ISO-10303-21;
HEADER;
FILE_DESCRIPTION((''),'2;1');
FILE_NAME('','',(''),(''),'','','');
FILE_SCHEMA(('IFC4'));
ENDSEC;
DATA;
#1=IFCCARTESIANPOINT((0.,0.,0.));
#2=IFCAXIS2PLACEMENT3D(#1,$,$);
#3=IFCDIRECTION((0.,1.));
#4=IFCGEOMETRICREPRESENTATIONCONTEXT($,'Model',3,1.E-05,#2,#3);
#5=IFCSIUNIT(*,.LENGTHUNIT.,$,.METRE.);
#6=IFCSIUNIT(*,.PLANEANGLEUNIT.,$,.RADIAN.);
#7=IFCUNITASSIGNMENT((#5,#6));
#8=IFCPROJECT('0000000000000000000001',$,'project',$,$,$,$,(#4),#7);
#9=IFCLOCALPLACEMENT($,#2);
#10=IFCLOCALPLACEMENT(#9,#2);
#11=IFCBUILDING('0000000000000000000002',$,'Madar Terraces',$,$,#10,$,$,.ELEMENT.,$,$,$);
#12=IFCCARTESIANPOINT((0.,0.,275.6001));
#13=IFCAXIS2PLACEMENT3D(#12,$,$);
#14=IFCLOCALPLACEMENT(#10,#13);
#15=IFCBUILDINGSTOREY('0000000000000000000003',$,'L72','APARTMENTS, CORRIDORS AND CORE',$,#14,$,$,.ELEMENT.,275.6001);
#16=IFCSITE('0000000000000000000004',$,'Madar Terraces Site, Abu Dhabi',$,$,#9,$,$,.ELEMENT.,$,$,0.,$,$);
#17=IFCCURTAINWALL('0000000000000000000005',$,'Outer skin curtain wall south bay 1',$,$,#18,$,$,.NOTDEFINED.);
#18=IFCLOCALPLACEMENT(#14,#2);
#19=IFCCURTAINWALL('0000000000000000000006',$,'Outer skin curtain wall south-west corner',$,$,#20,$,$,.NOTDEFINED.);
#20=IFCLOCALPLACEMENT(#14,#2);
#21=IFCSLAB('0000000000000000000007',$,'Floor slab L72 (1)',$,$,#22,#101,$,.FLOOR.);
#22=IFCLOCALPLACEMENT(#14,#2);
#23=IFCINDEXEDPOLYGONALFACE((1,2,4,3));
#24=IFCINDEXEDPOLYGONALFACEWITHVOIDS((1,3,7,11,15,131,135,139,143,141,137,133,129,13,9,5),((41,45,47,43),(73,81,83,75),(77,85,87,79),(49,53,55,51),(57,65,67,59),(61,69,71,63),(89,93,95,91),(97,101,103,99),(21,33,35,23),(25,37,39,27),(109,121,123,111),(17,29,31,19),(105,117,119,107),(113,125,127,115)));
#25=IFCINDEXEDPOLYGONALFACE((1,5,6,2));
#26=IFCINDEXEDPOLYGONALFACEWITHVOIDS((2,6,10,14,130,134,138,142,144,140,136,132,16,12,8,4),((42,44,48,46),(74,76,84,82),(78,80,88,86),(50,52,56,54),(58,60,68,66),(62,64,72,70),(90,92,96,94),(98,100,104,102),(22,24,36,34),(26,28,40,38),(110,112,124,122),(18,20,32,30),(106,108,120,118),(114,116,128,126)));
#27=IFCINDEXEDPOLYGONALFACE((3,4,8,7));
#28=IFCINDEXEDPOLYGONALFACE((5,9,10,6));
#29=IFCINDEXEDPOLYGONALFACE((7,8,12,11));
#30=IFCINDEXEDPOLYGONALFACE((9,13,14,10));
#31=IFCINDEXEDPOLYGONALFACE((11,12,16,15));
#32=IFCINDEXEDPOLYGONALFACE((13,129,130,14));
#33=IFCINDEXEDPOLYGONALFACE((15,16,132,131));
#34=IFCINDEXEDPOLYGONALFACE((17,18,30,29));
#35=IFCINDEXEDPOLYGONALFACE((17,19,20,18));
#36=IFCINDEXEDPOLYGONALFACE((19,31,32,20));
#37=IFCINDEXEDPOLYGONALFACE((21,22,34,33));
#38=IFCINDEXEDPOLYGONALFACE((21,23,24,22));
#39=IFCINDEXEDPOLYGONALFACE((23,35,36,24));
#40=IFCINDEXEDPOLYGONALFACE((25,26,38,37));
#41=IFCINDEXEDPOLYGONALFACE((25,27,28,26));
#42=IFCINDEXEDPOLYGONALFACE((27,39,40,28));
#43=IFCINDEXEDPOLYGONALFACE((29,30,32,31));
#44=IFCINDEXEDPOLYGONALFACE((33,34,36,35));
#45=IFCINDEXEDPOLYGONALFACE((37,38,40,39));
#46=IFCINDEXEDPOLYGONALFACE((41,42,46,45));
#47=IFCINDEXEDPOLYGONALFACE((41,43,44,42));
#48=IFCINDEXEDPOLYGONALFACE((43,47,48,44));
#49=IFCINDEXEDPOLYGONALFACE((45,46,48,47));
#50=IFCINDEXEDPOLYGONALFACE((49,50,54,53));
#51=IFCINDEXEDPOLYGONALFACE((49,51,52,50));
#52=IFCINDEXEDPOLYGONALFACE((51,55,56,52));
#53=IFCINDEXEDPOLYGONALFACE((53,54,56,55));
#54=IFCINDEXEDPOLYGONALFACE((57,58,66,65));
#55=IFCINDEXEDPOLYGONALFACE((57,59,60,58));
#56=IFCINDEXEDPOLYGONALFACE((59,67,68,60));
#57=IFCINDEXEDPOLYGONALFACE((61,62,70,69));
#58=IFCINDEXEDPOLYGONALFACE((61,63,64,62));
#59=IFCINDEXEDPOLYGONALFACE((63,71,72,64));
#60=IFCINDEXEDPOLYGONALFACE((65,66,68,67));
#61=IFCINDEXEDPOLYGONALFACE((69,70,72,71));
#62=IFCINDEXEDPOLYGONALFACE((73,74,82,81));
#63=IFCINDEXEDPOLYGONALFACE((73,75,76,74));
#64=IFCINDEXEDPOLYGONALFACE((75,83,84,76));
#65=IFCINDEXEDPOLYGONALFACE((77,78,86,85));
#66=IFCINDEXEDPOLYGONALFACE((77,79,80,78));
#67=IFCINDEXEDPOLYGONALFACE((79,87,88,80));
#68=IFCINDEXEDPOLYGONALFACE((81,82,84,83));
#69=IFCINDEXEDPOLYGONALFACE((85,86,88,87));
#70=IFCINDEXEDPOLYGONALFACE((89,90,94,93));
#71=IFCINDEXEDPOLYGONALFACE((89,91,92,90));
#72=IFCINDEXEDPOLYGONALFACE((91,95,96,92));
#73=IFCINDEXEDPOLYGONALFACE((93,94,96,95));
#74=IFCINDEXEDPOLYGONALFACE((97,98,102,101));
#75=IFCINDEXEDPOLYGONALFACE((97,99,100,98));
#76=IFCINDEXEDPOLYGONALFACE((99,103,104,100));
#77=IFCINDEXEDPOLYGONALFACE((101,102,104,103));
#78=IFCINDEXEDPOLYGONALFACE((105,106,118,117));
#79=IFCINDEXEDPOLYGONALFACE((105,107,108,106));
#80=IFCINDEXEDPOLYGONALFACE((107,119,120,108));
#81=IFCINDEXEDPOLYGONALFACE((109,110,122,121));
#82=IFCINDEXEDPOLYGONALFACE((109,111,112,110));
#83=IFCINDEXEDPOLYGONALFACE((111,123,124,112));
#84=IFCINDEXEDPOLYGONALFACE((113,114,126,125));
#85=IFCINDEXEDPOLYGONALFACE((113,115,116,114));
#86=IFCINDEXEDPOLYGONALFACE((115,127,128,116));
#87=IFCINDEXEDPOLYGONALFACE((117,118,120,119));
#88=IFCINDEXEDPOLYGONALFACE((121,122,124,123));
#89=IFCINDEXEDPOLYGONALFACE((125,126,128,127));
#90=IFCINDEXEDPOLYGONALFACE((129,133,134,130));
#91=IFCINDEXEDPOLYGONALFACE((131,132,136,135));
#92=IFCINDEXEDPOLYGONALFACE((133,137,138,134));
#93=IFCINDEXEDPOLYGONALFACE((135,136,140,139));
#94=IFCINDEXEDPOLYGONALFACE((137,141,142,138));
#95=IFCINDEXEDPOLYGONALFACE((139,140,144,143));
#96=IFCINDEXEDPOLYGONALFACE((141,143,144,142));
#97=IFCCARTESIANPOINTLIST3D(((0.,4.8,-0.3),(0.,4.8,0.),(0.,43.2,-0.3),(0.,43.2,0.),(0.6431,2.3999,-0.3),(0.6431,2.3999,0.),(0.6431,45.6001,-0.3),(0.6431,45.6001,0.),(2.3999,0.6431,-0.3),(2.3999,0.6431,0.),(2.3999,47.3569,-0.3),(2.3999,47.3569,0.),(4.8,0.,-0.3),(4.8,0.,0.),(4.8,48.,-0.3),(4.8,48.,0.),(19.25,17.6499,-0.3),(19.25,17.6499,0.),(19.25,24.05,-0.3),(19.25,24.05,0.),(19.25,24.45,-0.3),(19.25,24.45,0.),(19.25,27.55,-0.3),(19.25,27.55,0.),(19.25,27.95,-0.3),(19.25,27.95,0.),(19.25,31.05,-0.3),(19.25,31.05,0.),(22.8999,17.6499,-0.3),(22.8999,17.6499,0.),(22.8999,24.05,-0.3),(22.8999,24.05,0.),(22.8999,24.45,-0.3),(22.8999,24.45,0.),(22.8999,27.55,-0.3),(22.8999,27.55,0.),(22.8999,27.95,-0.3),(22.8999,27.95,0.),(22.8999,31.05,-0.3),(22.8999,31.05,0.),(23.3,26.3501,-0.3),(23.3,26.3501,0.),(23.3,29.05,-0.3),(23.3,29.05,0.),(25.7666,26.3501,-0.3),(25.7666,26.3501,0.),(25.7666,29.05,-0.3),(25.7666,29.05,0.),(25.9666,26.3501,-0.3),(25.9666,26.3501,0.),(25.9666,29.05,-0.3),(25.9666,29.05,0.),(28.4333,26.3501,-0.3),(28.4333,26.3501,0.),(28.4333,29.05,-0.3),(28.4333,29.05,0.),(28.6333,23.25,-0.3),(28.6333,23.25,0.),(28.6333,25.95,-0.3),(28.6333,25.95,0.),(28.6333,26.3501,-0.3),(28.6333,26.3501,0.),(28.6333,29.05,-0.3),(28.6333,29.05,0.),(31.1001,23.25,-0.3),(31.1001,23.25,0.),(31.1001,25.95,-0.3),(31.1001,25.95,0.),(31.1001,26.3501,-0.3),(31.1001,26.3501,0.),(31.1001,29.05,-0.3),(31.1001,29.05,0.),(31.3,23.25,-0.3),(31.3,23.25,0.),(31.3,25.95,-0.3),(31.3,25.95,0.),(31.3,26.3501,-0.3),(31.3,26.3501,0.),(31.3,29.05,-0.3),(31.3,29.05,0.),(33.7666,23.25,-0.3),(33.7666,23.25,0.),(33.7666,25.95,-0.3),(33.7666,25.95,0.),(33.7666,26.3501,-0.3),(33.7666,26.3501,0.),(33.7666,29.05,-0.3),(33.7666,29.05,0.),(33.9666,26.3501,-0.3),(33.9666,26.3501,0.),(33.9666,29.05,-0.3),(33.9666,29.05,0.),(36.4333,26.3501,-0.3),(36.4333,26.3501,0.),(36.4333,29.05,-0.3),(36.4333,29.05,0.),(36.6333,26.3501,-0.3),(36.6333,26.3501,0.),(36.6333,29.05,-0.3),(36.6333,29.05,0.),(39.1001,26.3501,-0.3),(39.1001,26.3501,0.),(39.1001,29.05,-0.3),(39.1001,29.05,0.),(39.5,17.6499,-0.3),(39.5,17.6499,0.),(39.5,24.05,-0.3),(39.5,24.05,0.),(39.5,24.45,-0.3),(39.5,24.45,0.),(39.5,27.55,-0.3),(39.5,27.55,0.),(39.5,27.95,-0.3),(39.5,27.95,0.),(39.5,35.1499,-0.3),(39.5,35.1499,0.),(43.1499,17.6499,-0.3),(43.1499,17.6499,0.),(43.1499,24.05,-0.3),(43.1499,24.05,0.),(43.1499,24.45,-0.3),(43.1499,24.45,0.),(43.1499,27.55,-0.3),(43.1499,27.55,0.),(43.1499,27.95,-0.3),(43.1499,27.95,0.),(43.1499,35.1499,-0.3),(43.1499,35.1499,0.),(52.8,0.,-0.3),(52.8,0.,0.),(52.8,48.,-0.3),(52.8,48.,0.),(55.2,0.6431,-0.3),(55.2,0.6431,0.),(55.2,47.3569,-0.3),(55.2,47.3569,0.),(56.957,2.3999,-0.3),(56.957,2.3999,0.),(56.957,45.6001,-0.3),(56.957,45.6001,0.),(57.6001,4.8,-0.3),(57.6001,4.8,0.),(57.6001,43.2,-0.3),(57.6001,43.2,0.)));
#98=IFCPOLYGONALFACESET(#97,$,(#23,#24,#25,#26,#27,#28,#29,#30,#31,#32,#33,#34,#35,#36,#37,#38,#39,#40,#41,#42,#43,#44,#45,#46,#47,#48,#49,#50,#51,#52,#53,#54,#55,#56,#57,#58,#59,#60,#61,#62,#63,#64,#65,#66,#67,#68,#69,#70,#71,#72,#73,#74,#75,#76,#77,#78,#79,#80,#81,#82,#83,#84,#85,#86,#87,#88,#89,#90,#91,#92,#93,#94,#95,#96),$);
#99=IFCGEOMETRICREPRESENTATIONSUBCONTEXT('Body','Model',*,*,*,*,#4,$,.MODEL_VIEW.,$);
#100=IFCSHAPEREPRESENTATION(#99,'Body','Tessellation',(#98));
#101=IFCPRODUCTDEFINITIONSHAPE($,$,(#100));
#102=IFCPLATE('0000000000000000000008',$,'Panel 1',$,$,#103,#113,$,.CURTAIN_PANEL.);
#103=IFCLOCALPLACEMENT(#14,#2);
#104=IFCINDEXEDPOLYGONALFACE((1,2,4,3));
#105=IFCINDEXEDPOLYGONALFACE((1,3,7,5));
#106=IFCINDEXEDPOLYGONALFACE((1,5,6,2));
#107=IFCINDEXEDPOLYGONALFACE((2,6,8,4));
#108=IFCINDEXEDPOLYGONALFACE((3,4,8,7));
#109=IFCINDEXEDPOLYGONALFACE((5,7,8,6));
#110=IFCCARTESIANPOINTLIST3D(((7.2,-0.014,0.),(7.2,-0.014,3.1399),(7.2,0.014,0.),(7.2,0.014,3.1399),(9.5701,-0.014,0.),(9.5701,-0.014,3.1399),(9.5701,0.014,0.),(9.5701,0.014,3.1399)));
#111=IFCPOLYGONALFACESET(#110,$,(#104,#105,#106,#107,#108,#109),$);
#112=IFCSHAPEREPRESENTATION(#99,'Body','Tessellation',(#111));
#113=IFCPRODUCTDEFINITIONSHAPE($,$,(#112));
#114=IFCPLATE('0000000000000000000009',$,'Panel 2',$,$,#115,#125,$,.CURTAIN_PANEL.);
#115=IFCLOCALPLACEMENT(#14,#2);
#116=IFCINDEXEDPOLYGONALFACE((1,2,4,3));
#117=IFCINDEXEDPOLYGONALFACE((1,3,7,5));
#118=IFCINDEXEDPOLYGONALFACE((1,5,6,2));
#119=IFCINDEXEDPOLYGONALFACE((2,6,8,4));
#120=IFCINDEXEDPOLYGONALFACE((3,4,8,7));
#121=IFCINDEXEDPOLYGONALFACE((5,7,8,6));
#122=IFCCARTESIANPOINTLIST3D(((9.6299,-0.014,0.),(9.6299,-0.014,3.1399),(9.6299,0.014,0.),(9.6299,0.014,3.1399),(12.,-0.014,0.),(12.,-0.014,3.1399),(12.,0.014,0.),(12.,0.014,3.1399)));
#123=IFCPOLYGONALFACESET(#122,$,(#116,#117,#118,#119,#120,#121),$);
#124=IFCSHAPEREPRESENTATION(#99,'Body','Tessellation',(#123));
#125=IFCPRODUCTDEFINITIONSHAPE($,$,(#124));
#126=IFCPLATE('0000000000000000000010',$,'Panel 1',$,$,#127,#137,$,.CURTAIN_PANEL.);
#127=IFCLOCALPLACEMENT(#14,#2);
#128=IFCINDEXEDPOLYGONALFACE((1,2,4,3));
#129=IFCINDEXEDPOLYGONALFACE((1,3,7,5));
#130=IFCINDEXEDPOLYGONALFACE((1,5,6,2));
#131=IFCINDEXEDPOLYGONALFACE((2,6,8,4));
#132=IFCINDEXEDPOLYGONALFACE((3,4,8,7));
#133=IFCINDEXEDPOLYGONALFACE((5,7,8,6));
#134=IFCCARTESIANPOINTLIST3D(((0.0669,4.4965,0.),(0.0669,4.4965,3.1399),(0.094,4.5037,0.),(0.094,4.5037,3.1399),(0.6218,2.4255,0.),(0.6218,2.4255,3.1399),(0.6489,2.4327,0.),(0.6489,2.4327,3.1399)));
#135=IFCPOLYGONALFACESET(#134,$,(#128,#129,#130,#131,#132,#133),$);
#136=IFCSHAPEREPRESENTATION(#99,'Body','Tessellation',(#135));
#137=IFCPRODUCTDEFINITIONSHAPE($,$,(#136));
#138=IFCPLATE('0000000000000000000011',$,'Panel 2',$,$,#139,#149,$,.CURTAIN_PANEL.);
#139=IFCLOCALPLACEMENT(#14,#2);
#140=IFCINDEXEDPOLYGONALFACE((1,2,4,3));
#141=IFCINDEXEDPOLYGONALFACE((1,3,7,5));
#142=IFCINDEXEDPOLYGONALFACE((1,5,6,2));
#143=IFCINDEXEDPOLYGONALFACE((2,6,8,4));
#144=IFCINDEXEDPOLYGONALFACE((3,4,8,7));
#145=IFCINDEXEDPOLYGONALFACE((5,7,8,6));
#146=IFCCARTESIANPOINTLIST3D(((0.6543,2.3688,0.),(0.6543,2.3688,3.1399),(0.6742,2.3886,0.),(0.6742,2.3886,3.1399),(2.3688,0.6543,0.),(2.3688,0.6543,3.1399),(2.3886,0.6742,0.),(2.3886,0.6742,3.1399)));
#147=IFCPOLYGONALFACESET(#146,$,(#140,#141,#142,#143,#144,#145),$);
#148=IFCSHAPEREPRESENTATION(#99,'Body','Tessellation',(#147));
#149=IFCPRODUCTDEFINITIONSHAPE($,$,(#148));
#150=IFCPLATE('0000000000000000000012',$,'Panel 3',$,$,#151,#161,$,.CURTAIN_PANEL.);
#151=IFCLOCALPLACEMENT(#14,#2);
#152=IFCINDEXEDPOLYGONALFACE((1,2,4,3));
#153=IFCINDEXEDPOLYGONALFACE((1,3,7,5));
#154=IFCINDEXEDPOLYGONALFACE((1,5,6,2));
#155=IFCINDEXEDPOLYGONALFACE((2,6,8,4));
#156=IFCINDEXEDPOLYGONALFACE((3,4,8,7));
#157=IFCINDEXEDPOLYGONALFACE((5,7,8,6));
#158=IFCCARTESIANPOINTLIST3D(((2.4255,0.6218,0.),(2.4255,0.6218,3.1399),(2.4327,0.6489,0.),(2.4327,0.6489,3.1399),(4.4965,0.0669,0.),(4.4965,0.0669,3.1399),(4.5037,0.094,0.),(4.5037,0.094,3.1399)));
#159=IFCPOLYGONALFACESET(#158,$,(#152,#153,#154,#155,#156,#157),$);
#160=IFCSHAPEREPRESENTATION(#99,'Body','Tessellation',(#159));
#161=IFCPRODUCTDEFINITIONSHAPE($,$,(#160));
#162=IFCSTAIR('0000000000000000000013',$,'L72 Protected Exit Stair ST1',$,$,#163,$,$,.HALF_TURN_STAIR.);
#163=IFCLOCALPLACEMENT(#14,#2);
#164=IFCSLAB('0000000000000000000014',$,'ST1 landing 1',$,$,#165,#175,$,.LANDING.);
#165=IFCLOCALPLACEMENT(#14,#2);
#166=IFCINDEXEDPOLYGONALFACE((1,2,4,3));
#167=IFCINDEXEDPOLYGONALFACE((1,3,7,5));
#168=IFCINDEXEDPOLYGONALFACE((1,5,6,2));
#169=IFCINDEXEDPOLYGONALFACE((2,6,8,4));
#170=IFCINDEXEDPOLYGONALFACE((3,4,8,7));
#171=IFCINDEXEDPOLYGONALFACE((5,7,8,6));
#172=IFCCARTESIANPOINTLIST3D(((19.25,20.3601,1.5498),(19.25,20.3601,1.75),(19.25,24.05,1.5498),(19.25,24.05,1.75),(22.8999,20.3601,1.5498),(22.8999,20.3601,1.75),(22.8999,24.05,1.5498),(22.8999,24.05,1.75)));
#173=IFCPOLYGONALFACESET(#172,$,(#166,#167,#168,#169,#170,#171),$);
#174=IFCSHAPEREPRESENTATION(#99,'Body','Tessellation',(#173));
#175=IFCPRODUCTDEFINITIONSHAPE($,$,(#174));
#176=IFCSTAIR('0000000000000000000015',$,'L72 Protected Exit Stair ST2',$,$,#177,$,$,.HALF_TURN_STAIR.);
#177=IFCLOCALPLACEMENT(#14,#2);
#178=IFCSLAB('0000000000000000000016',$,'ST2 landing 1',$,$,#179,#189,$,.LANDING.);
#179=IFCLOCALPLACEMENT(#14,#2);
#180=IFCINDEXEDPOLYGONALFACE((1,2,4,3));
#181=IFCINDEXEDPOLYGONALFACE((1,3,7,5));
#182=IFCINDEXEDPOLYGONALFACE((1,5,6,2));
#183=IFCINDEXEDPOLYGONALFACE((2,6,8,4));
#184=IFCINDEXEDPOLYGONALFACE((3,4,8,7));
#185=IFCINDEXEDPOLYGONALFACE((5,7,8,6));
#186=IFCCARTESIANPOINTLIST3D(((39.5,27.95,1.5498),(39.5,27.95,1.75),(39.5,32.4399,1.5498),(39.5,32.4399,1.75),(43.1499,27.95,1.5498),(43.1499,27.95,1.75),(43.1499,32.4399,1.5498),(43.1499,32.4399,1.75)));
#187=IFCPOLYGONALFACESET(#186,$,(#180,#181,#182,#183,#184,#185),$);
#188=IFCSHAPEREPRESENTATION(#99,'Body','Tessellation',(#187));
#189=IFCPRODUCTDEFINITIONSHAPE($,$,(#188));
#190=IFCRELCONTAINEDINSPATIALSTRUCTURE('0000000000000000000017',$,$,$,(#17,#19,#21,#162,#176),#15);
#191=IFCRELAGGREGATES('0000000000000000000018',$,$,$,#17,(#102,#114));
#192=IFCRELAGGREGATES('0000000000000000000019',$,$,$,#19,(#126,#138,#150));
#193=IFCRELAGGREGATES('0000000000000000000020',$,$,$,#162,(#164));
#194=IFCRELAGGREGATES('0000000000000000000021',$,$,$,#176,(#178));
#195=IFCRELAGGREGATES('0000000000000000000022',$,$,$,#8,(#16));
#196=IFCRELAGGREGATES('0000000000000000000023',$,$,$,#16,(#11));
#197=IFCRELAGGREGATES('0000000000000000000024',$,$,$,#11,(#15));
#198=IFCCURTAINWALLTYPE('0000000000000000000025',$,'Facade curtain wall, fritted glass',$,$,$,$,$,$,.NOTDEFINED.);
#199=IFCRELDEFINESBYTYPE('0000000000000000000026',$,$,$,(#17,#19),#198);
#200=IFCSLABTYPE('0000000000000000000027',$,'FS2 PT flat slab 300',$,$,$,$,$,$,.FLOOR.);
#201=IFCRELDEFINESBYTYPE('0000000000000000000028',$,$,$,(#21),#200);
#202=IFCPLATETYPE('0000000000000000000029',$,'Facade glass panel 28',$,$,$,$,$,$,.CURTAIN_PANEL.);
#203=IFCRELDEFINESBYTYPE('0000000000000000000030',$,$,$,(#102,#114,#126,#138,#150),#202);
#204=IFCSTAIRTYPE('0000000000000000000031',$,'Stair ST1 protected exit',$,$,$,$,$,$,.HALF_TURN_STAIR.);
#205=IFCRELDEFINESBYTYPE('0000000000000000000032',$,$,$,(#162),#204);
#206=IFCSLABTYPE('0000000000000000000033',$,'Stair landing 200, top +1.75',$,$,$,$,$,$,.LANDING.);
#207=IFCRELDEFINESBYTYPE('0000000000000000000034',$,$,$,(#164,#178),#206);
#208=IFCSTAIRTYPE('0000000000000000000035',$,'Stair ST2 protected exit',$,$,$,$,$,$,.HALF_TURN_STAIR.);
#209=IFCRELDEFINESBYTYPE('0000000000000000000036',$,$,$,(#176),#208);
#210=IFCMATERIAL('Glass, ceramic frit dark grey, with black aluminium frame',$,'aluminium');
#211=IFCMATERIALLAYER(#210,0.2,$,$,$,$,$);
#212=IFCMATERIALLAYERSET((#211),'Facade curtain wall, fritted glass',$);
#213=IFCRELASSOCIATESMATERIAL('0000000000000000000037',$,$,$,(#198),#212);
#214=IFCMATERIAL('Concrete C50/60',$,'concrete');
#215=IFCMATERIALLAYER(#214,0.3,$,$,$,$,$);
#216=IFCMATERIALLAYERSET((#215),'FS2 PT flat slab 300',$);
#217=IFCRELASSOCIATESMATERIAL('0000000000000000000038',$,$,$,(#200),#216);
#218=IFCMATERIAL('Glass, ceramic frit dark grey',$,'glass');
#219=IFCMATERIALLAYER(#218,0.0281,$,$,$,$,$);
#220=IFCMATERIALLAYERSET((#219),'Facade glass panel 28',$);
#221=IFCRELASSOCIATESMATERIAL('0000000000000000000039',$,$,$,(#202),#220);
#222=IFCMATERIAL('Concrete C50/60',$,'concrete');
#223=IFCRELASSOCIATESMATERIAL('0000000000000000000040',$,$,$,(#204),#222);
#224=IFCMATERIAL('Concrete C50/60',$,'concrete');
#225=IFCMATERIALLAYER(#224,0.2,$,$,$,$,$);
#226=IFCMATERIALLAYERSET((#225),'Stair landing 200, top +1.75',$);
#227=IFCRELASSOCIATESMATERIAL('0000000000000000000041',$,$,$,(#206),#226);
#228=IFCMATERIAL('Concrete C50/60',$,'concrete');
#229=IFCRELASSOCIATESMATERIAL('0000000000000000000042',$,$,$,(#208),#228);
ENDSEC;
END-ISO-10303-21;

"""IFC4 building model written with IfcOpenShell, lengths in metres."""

from ifc_helpers import new_model, si_unit, direction, frame, origin, origin_2d, place, context, subcontext, project, spatial, polyline, rectangle, outline, extrude, material, layer, layer_set, type_object, element, aggregate, save


model = new_model("IFC4")

# Units and contexts
model_context = context("Model", 3, precision=1e-05, world=origin(), true_north=direction((0.0, 1.0)))
body_context = subcontext(model_context, "Body", "Model", "MODEL_VIEW")
ifc_project = project(units=[si_unit("LENGTHUNIT", "METRE"), si_unit("PLANEANGLEUNIT", "RADIAN")], contexts=[model_context])

# Site, building, storey
site_placement = place(None, origin())
site = spatial("IfcSite", under=ifc_project, at=site_placement, Name="Madar Terraces Site, Abu Dhabi", CompositionType="ELEMENT", RefElevation=0.0)
building_placement = place(site_placement, origin())
building = spatial("IfcBuilding", under=site, at=building_placement, Name="Madar Terraces", CompositionType="ELEMENT")
storey_placement = place(building_placement, frame((0.0, 0.0, 275.6001)))
storey = spatial("IfcBuildingStorey", under=building, at=storey_placement, Name="L72", Description="APARTMENTS, CORRIDORS AND CORE", CompositionType="ELEMENT", Elevation=275.6001)

# Curtain wall
ifc_material_1 = material(Name="Glass, ceramic frit dark grey, with black aluminium frame", Category="aluminium")
ifc_layer_1 = layer(ifc_material_1, 0.2)
ifc_layer_set_1 = layer_set([ifc_layer_1], Name="Facade curtain wall, fritted glass")
curtain_wall_type = type_object("IfcCurtainWallType", Name="Facade curtain wall, fritted glass", PredefinedType="NOTDEFINED", material=ifc_layer_set_1)
curtain_wall_1_placement = place(storey_placement, origin())
curtain_wall_1 = element("IfcCurtainWall", 1, at=curtain_wall_1_placement, inside=storey, type_object=curtain_wall_type, Name="Outer skin curtain wall south bay 1", PredefinedType="NOTDEFINED")

# Curtain wall
curtain_wall_2_placement = place(storey_placement, origin())
curtain_wall_2 = element("IfcCurtainWall", 2, at=curtain_wall_2_placement, inside=storey, type_object=curtain_wall_type, Name="Outer skin curtain wall south-west corner", PredefinedType="NOTDEFINED")

# Slab
ifc_material_2 = material(Name="Concrete C50/60", Category="concrete")
ifc_layer_2 = layer(ifc_material_2, 0.3)
ifc_layer_set_2 = layer_set([ifc_layer_2], Name="FS2 PT flat slab 300")
slab_type_1 = type_object("IfcSlabType", Name="FS2 PT flat slab 300", PredefinedType="FLOOR", material=ifc_layer_set_2)
slab_1_placement = place(storey_placement, frame((0.0, 0.0, -0.3)))
element("IfcSlab", 3, at=slab_1_placement, inside=storey, type_object=slab_type_1, Name="Floor slab L72 (1)", PredefinedType="FLOOR", context=body_context, shape_type="SweptSolid", body=[
    extrude(outline(polyline([(52.8, 0.0), (55.2, 0.6431), (56.957, 2.3999), (57.6001, 4.8), (57.6001, 43.2), (56.957, 45.6001), (55.2, 47.3569), (52.8, 48.0), (4.8, 48.0), (2.3999, 47.3569), (0.6431, 45.6001), (0.0, 43.2), (0.0, 4.8), (0.6431, 2.3999), (2.3999, 0.6431), (4.8, 0.0), (52.8, 0.0)]), holes=[polyline([(22.8999, 17.6499), (19.25, 17.6499), (19.25, 24.05), (22.8999, 24.05), (22.8999, 17.6499)]), polyline([(28.6333, 23.25), (28.6333, 25.95), (31.1001, 25.95), (31.1001, 23.25), (28.6333, 23.25)]), polyline([(19.25, 24.45), (19.25, 27.55), (22.8999, 27.55), (22.8999, 24.45), (19.25, 24.45)]), polyline([(23.3, 26.3501), (23.3, 29.05), (25.7666, 29.05), (25.7666, 26.3501), (23.3, 26.3501)]), polyline([(25.9666, 26.3501), (25.9666, 29.05), (28.4333, 29.05), (28.4333, 26.3501), (25.9666, 26.3501)]), polyline([(28.6333, 26.3501), (28.6333, 29.05), (31.1001, 29.05), (31.1001, 26.3501), (28.6333, 26.3501)]), polyline([(19.25, 27.95), (19.25, 31.05), (22.8999, 31.05), (22.8999, 27.95), (19.25, 27.95)]), polyline([(43.1499, 17.6499), (39.5, 17.6499), (39.5, 24.05), (43.1499, 24.05), (43.1499, 17.6499)]), polyline([(31.3, 23.25), (31.3, 25.95), (33.7666, 25.95), (33.7666, 23.25), (31.3, 23.25)]), polyline([(39.5, 24.45), (39.5, 27.55), (43.1499, 27.55), (43.1499, 24.45), (39.5, 24.45)]), polyline([(31.3, 26.3501), (31.3, 29.05), (33.7666, 29.05), (33.7666, 26.3501), (31.3, 26.3501)]), polyline([(33.9666, 26.3501), (33.9666, 29.05), (36.4333, 29.05), (36.4333, 26.3501), (33.9666, 26.3501)]), polyline([(36.6333, 26.3501), (36.6333, 29.05), (39.1001, 29.05), (39.1001, 26.3501), (36.6333, 26.3501)]), polyline([(39.5, 27.95), (39.5, 35.1499), (43.1499, 35.1499), (43.1499, 27.95), (39.5, 27.95)])]), origin(), (0.0, 0.0, 1.0), 0.3),
])

# Plates
ifc_material_3 = material(Name="Glass, ceramic frit dark grey", Category="glass")
ifc_layer_3 = layer(ifc_material_3, 0.0281)
ifc_layer_set_3 = layer_set([ifc_layer_3], Name="Facade glass panel 28")
plate_type = type_object("IfcPlateType", Name="Facade glass panel 28", PredefinedType="CURTAIN_PANEL", material=ifc_layer_set_3)
plate_1_placement = place(storey_placement, frame((8.385, 0.0, 0.0), z_axis=(0.0, 0.0, 1.0), x_axis=(1.0, 0.0, 0.0)))
plate_1 = element("IfcPlate", 4, at=plate_1_placement, type_object=plate_type, Name="Panel 1", PredefinedType="CURTAIN_PANEL", context=body_context, shape_type="SweptSolid", body=[
    extrude(rectangle(XDim=2.3701, YDim=0.0281, at=origin_2d()), origin(), (0.0, 0.0, 1.0), 3.1399),
])
plate_2_placement = place(storey_placement, frame((10.8149, 0.0, 0.0), z_axis=(0.0, 0.0, 1.0), x_axis=(1.0, 0.0, 0.0)))
plate_2 = element("IfcPlate", 5, at=plate_2_placement, type_object=plate_type, Name="Panel 2", PredefinedType="CURTAIN_PANEL", context=body_context, shape_type="SweptSolid", body=[
    extrude(rectangle(XDim=2.3701, YDim=0.0281, at=origin_2d()), origin(), (0.0, 0.0, 1.0), 3.1399),
])
aggregate(curtain_wall_1, [plate_1, plate_2])
plate_3_placement = place(storey_placement, frame((0.3579, 3.4646, 0.0), z_axis=(0.0, 0.0, 1.0), x_axis=(0.258819, -0.965926, 0.0)))
plate_3 = element("IfcPlate", 6, at=plate_3_placement, type_object=plate_type, Name="Panel 1", PredefinedType="CURTAIN_PANEL", context=body_context, shape_type="SweptSolid", body=[
    extrude(rectangle(XDim=2.144, YDim=0.0281, at=origin_2d()), origin(), (0.0, 0.0, 1.0), 3.1399),
])
plate_4_placement = place(storey_placement, frame((1.5215, 1.5215, 0.0), z_axis=(0.0, 0.0, 1.0), x_axis=(0.707107, -0.707107, 0.0)))
plate_4 = element("IfcPlate", 7, at=plate_4_placement, type_object=plate_type, Name="Panel 2", PredefinedType="CURTAIN_PANEL", context=body_context, shape_type="SweptSolid", body=[
    extrude(rectangle(XDim=2.4246, YDim=0.0281, at=origin_2d()), origin(), (0.0, 0.0, 1.0), 3.1399),
])
plate_5_placement = place(storey_placement, frame((3.4646, 0.3579, 0.0), z_axis=(0.0, 0.0, 1.0), x_axis=(0.965926, -0.258819, 0.0)))
plate_5 = element("IfcPlate", 8, at=plate_5_placement, type_object=plate_type, Name="Panel 3", PredefinedType="CURTAIN_PANEL", context=body_context, shape_type="SweptSolid", body=[
    extrude(rectangle(XDim=2.144, YDim=0.0281, at=origin_2d()), origin(), (0.0, 0.0, 1.0), 3.1399),
])
aggregate(curtain_wall_2, [plate_3, plate_4, plate_5])

# Stairs, slabs
ifc_material_4 = material(Name="Concrete C50/60", Category="concrete")
stair_type_1 = type_object("IfcStairType", Name="Stair ST1 protected exit", PredefinedType="HALF_TURN_STAIR", material=ifc_material_4)
stair_1_placement = place(storey_placement, origin())
stair_1 = element("IfcStair", 9, at=stair_1_placement, inside=storey, type_object=stair_type_1, Name="L72 Protected Exit Stair ST1", PredefinedType="HALF_TURN_STAIR")
ifc_material_5 = material(Name="Concrete C50/60", Category="concrete")
ifc_layer_4 = layer(ifc_material_5, 0.2)
ifc_layer_set_4 = layer_set([ifc_layer_4], Name="Stair landing 200, top +1.75")
slab_type_2 = type_object("IfcSlabType", Name="Stair landing 200, top +1.75", PredefinedType="LANDING", material=ifc_layer_set_4)
slab_2_placement = place(storey_placement, frame((0.0, 0.0, 1.5498)))
slab_2 = element("IfcSlab", 10, at=slab_2_placement, type_object=slab_type_2, Name="ST1 landing 1", PredefinedType="LANDING", context=body_context, shape_type="SweptSolid", body=[
    extrude(outline(polyline([(19.25, 20.3601), (22.8999, 20.3601), (22.8999, 24.05), (19.25, 24.05), (19.25, 20.3601)])), origin(), (0.0, 0.0, 1.0), 0.2002),
])
aggregate(stair_1, [slab_2])
ifc_material_6 = material(Name="Concrete C50/60", Category="concrete")
stair_type_2 = type_object("IfcStairType", Name="Stair ST2 protected exit", PredefinedType="HALF_TURN_STAIR", material=ifc_material_6)
stair_2_placement = place(storey_placement, origin())
stair_2 = element("IfcStair", 11, at=stair_2_placement, inside=storey, type_object=stair_type_2, Name="L72 Protected Exit Stair ST2", PredefinedType="HALF_TURN_STAIR")
slab_3_placement = place(storey_placement, frame((0.0, 0.0, 1.5498)))
slab_3 = element("IfcSlab", 12, at=slab_3_placement, type_object=slab_type_2, Name="ST2 landing 1", PredefinedType="LANDING", context=body_context, shape_type="SweptSolid", body=[
    extrude(outline(polyline([(39.5, 27.95), (43.1499, 27.95), (43.1499, 32.4399), (39.5, 32.4399), (39.5, 27.95)])), origin(), (0.0, 0.0, 1.0), 0.2002),
])
aggregate(stair_2, [slab_3])

save(model, "model.ifc")
